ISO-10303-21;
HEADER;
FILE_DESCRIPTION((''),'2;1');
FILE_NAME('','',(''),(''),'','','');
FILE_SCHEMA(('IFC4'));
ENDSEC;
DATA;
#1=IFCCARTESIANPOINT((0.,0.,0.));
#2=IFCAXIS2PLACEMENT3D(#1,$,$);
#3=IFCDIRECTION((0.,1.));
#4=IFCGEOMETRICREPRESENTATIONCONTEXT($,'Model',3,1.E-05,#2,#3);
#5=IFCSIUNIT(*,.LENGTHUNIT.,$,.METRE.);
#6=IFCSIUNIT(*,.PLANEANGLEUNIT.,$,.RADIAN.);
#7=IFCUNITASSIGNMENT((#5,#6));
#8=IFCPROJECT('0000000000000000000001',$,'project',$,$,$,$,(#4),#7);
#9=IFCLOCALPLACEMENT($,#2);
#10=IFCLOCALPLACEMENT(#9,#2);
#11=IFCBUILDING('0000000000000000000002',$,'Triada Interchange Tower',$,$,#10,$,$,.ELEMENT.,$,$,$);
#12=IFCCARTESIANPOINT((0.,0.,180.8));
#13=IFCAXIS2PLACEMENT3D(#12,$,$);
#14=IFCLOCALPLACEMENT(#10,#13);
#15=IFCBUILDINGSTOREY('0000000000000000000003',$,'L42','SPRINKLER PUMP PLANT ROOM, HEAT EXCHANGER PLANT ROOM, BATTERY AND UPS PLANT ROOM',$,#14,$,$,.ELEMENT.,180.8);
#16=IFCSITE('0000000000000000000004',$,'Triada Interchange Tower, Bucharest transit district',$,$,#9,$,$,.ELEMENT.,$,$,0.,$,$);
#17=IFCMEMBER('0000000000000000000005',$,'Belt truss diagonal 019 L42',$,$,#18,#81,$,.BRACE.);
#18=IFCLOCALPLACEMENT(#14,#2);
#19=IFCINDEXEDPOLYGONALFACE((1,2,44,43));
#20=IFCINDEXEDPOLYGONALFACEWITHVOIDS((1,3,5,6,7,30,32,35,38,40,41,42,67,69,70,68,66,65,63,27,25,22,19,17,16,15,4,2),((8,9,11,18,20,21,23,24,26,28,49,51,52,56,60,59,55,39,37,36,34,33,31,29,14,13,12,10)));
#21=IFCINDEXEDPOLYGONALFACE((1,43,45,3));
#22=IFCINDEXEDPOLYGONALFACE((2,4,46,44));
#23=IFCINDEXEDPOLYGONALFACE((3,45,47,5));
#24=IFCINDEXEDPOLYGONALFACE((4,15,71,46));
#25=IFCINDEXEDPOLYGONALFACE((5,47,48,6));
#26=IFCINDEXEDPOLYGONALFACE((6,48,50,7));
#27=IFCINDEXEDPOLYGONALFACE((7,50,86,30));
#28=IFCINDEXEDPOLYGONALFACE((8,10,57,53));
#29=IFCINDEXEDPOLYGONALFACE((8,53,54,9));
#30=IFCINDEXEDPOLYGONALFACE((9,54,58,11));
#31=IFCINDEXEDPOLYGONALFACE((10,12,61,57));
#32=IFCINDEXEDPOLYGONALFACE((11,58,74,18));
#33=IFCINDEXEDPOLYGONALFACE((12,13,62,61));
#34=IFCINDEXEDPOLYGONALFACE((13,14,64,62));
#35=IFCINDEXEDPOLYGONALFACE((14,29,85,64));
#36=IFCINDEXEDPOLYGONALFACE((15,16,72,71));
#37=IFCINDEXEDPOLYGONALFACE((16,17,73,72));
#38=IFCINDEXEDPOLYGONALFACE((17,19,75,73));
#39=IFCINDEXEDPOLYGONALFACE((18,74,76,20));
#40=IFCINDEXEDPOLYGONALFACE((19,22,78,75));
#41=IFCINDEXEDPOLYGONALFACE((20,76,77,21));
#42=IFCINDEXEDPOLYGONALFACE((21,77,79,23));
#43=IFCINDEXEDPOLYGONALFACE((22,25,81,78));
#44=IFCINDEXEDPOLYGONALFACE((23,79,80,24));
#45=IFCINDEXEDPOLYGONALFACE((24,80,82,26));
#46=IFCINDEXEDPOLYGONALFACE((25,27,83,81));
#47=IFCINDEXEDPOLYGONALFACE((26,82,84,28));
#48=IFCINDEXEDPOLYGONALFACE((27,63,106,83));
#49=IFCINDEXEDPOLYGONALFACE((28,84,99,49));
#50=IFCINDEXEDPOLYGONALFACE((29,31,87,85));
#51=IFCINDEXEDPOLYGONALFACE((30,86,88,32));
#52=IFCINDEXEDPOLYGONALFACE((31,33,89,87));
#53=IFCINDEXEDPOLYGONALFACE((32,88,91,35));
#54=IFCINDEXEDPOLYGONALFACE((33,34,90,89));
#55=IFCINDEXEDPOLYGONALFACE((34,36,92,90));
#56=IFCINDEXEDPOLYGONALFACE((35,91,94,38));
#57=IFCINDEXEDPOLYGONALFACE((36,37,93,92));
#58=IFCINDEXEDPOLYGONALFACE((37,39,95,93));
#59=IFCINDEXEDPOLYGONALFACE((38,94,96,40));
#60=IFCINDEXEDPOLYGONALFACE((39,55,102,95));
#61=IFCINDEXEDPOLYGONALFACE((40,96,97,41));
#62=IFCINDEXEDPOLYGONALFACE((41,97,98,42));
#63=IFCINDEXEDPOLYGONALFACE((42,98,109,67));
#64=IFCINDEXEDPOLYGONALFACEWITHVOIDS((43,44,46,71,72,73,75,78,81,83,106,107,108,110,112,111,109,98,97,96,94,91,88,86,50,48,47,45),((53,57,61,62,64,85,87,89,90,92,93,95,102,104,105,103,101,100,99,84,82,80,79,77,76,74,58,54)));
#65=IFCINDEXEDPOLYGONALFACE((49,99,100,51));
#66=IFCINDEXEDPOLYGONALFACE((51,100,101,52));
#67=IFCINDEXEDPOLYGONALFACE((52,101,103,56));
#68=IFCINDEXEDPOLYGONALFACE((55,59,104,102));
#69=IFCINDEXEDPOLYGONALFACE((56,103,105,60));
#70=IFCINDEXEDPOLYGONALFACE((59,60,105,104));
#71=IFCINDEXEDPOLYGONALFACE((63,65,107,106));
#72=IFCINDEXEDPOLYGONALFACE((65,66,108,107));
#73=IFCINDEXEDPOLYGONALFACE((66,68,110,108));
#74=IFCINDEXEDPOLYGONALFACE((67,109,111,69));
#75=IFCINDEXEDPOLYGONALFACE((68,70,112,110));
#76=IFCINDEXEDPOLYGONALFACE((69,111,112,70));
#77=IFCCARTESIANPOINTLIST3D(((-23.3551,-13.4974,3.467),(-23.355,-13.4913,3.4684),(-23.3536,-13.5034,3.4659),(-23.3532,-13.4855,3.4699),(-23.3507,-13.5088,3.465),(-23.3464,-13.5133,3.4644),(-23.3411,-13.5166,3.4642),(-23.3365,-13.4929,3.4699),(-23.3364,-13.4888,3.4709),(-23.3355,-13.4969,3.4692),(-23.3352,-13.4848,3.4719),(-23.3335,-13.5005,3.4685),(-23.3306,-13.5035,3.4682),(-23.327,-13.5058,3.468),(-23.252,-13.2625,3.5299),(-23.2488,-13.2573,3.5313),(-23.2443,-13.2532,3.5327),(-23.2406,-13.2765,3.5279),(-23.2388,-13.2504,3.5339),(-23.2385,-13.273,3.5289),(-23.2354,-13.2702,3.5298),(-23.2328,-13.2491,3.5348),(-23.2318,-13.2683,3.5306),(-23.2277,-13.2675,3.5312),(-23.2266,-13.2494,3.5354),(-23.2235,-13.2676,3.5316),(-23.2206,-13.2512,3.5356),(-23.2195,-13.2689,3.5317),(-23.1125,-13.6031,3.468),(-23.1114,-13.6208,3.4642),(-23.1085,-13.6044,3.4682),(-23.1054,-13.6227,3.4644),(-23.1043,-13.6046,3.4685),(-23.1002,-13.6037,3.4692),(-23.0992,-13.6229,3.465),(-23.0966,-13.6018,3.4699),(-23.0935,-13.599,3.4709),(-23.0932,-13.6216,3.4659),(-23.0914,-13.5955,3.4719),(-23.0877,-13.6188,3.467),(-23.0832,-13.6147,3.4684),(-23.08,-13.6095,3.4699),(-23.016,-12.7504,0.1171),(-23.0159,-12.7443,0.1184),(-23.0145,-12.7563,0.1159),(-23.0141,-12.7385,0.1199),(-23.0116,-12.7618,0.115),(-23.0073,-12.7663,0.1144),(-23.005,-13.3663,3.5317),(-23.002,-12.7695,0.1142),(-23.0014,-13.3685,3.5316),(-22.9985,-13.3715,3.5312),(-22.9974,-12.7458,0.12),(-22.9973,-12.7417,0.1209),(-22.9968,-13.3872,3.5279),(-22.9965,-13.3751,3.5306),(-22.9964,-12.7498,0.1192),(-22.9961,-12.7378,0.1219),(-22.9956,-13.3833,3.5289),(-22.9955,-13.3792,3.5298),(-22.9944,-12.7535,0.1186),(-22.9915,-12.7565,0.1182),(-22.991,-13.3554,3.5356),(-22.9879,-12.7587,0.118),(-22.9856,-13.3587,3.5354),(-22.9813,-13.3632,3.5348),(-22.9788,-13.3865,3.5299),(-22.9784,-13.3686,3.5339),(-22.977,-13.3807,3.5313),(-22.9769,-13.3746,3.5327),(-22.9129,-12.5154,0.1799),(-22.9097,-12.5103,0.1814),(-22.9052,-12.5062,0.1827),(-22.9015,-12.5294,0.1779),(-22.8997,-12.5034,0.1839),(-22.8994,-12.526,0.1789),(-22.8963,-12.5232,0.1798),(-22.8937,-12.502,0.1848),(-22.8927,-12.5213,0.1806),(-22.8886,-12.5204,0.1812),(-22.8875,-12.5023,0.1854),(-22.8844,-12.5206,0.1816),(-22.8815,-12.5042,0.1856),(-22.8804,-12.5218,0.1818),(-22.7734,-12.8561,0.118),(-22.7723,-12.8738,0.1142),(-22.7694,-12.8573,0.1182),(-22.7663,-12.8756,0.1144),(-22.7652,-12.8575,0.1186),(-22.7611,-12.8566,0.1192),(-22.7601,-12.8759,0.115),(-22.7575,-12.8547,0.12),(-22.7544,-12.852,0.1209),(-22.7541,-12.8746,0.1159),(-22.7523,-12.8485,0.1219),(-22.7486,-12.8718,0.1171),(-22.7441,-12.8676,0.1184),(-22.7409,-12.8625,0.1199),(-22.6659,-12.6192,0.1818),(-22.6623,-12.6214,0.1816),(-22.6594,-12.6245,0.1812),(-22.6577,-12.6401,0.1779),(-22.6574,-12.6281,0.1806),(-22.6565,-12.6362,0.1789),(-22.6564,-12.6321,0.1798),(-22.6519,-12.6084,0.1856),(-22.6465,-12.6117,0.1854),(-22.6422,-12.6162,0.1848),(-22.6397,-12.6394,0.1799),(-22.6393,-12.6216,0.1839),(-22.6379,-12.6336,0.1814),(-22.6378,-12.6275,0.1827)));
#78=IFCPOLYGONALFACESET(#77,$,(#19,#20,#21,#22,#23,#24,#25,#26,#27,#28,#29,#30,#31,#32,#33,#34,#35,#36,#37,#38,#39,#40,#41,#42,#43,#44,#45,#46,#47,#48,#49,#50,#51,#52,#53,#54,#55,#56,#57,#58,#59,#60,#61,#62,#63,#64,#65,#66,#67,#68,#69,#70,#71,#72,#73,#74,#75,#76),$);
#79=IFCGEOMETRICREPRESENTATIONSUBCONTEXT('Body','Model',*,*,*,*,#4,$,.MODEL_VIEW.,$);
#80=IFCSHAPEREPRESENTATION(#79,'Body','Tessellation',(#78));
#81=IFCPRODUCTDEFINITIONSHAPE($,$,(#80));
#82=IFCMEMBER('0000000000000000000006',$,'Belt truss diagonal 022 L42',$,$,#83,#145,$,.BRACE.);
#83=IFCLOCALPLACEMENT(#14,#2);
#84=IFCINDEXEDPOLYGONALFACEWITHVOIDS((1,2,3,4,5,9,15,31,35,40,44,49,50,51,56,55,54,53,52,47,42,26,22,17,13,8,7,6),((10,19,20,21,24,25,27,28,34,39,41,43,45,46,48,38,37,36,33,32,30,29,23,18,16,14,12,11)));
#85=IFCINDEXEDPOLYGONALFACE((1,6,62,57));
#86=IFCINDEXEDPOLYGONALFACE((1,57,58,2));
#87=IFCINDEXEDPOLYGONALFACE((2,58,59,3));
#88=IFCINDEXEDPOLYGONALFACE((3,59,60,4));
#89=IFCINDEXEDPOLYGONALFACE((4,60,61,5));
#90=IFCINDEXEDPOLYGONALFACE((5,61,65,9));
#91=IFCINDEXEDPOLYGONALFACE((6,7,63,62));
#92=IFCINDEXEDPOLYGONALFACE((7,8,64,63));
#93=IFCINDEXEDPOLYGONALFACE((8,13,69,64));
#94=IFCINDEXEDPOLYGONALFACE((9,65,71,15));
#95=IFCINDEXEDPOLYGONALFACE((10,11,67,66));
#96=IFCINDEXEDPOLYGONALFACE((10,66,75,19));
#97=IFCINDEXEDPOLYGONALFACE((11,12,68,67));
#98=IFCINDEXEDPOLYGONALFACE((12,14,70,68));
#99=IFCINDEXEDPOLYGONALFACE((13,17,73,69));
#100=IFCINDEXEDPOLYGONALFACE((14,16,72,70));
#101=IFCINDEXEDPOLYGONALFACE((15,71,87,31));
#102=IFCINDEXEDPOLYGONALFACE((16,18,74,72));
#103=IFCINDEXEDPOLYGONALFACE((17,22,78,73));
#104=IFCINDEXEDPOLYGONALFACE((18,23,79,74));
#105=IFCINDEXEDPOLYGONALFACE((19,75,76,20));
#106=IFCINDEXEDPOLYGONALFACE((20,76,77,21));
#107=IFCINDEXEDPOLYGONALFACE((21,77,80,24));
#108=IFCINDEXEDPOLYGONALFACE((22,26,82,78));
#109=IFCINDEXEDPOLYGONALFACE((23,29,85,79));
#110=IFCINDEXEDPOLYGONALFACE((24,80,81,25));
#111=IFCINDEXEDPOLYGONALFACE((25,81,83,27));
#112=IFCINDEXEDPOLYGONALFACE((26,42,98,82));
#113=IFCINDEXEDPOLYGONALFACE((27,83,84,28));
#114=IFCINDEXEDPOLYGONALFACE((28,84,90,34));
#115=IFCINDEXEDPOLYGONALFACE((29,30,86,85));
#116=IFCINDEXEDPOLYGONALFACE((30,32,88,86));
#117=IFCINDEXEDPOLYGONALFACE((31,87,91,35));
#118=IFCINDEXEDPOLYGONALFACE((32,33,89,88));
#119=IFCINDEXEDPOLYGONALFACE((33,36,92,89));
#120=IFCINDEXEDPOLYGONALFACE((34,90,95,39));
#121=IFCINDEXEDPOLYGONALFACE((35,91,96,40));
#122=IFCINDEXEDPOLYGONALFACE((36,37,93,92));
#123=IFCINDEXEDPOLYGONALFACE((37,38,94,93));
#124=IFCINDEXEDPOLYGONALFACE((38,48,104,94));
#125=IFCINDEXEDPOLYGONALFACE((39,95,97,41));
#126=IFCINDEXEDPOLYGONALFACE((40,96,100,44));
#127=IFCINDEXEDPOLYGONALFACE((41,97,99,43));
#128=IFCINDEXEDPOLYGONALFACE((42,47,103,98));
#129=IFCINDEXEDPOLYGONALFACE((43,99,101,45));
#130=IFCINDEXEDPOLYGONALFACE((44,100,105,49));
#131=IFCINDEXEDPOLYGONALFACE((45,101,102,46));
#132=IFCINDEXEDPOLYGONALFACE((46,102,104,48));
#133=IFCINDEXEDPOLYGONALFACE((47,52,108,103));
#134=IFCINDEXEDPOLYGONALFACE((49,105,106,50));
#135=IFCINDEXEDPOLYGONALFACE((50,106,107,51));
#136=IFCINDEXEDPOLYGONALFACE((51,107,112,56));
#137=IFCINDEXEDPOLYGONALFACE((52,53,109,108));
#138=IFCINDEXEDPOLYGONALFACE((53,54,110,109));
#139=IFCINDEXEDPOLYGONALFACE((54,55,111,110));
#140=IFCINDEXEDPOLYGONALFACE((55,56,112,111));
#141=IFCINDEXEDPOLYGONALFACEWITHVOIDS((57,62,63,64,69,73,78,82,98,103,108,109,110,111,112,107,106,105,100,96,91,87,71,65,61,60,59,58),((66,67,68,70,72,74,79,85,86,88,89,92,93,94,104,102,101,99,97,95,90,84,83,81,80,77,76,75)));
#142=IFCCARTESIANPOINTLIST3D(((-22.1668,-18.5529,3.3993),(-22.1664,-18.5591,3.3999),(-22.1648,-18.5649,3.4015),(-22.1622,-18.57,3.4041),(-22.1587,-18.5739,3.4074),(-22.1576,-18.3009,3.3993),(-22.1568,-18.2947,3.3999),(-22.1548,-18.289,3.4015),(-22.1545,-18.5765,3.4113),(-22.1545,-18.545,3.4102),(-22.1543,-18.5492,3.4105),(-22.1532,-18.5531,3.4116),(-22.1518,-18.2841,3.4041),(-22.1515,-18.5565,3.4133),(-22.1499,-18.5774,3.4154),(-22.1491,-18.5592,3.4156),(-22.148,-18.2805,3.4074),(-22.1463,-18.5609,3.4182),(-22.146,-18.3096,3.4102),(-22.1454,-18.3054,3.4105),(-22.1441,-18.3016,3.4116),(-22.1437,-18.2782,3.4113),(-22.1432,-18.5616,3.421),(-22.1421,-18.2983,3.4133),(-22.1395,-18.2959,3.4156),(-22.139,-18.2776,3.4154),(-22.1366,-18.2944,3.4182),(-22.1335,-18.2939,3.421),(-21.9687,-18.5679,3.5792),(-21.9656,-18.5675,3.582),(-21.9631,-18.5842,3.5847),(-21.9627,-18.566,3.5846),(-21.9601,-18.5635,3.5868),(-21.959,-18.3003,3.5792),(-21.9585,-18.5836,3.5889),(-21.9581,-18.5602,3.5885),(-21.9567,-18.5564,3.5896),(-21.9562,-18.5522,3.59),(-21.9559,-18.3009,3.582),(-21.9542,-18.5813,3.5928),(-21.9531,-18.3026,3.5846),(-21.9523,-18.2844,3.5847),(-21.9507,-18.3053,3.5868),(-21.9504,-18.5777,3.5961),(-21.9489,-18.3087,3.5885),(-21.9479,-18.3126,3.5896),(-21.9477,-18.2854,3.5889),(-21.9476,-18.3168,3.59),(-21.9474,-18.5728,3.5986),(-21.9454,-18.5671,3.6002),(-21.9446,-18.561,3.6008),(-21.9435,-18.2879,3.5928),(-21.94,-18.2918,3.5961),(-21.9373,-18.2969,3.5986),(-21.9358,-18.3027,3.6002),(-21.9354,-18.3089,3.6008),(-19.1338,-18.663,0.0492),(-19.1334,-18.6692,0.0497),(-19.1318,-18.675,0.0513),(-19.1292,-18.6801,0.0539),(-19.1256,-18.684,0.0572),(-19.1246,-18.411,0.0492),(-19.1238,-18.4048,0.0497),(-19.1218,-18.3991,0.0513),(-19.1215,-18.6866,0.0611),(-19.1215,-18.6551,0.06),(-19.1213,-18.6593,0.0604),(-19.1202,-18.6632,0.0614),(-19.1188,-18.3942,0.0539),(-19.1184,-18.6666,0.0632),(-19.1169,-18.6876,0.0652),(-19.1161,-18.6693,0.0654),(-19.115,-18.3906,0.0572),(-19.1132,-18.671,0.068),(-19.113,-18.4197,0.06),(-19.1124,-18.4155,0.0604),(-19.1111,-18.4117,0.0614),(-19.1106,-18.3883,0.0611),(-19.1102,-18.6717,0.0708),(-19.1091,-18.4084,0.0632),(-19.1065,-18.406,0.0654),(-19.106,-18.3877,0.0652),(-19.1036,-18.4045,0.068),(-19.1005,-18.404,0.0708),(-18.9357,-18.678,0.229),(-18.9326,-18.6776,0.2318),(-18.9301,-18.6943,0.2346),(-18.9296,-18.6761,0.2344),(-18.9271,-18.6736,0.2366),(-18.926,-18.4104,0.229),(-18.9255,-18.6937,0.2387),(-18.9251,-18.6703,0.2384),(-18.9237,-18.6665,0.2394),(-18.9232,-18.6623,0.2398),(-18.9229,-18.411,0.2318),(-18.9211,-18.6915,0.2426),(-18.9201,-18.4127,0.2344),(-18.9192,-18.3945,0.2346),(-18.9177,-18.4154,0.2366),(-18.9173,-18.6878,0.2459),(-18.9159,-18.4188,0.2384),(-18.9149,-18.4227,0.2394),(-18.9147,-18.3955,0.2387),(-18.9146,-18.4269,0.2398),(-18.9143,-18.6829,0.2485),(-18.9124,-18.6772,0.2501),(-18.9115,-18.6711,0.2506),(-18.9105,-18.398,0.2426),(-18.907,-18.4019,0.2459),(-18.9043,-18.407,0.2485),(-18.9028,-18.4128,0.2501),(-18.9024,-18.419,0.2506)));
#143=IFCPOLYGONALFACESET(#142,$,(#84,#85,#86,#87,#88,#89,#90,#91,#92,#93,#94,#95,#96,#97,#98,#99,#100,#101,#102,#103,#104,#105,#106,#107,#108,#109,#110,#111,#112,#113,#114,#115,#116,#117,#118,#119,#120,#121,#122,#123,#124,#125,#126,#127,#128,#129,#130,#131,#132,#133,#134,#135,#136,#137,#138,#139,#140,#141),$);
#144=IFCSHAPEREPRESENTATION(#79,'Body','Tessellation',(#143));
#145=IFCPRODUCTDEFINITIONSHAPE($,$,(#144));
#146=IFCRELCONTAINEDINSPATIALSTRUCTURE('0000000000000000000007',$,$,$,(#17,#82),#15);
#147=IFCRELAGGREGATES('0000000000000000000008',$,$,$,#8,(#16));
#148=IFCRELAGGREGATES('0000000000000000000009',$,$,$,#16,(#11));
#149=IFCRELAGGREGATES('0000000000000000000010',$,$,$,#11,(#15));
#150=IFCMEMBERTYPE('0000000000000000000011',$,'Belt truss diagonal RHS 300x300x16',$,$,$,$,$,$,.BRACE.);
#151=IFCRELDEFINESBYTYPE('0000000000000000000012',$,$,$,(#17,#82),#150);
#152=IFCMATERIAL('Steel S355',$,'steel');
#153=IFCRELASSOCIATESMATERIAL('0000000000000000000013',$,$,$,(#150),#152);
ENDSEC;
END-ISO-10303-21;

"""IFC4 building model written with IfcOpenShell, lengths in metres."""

from ifc_helpers import new_model, si_unit, direction, frame, origin, origin_2d, place, context, subcontext, project, spatial, hollow_rectangle, extrude, material, material_profile, profile_set, type_object, element, save


model = new_model("IFC4")

# Units and contexts
model_context = context("Model", 3, precision=1e-05, world=origin(), true_north=direction((0.0, 1.0)))
body_context = subcontext(model_context, "Body", "Model", "MODEL_VIEW")
ifc_project = project(units=[si_unit("LENGTHUNIT", "METRE"), si_unit("PLANEANGLEUNIT", "RADIAN")], contexts=[model_context])

# Site, building, storey
site_placement = place(None, origin())
site = spatial("IfcSite", under=ifc_project, at=site_placement, Name="Triada Interchange Tower, Bucharest transit district", CompositionType="ELEMENT", RefElevation=0.0)
building_placement = place(site_placement, origin())
building = spatial("IfcBuilding", under=site, at=building_placement, Name="Triada Interchange Tower", CompositionType="ELEMENT")
storey_placement = place(building_placement, frame((0.0, 0.0, 180.8)))
storey = spatial("IfcBuildingStorey", under=building, at=storey_placement, Name="L42", Description="SPRINKLER PUMP PLANT ROOM, HEAT EXCHANGER PLANT ROOM, BATTERY AND UPS PLANT ROOM", CompositionType="ELEMENT", Elevation=180.8)

# Members
ifc_material_1 = material(Name="Steel S355", Category="steel")
ifc_material_profile_1 = material_profile(ifc_material_1, hollow_rectangle(XDim=0.3, YDim=0.3, WallThickness=0.0161, InnerFilletRadius=0.0161, OuterFilletRadius=0.0239, at=origin_2d()), Name="RHS 300x300x16")
ifc_profile_set_1 = profile_set([ifc_material_profile_1], Name="Steel S355")
member_type_1 = type_object("IfcMemberType", Name="Belt truss diagonal RHS 300x300x16", PredefinedType="BRACE", material=ifc_profile_set_1)
for number, where, z_axis, x_axis, name in (
    (1, (-22.8269, -12.689, 0.1499), (-0.098319, -0.216599, 0.971297), (0.91058, -0.413332, 0.0), "Belt truss diagonal 019 L42"),
):
    element("IfcMember", number, at=place(storey_placement, frame(where, z_axis=z_axis, x_axis=x_axis)), inside=storey, type_object=member_type_1, Name=name, PredefinedType="BRACE", context=body_context, shape_type="SweptSolid", body=[
        extrude(hollow_rectangle(XDim=0.3, YDim=0.3, WallThickness=0.0161, InnerFilletRadius=0.0161, OuterFilletRadius=0.0239, at=origin_2d()), origin(), (0.0, 0.0, 1.0), 3.449),
    ])
member_1_placement = place(storey_placement, frame((-19.0181, -18.541, 0.1499), z_axis=(-0.670948, 0.024358, 0.741105), x_axis=(-0.03628, -0.999342, 0.0)))
element("IfcMember", 2, at=member_1_placement, inside=storey, type_object=member_type_1, Name="Belt truss diagonal 022 L42", PredefinedType="BRACE", context=body_context, shape_type="SweptSolid", body=[
    extrude(hollow_rectangle(XDim=0.3, YDim=0.3, WallThickness=0.0161, InnerFilletRadius=0.0161, OuterFilletRadius=0.0239, at=origin_2d()), origin(), (0.0, 0.0, 1.0), 4.5205),
])

save(model, "model.ifc")
